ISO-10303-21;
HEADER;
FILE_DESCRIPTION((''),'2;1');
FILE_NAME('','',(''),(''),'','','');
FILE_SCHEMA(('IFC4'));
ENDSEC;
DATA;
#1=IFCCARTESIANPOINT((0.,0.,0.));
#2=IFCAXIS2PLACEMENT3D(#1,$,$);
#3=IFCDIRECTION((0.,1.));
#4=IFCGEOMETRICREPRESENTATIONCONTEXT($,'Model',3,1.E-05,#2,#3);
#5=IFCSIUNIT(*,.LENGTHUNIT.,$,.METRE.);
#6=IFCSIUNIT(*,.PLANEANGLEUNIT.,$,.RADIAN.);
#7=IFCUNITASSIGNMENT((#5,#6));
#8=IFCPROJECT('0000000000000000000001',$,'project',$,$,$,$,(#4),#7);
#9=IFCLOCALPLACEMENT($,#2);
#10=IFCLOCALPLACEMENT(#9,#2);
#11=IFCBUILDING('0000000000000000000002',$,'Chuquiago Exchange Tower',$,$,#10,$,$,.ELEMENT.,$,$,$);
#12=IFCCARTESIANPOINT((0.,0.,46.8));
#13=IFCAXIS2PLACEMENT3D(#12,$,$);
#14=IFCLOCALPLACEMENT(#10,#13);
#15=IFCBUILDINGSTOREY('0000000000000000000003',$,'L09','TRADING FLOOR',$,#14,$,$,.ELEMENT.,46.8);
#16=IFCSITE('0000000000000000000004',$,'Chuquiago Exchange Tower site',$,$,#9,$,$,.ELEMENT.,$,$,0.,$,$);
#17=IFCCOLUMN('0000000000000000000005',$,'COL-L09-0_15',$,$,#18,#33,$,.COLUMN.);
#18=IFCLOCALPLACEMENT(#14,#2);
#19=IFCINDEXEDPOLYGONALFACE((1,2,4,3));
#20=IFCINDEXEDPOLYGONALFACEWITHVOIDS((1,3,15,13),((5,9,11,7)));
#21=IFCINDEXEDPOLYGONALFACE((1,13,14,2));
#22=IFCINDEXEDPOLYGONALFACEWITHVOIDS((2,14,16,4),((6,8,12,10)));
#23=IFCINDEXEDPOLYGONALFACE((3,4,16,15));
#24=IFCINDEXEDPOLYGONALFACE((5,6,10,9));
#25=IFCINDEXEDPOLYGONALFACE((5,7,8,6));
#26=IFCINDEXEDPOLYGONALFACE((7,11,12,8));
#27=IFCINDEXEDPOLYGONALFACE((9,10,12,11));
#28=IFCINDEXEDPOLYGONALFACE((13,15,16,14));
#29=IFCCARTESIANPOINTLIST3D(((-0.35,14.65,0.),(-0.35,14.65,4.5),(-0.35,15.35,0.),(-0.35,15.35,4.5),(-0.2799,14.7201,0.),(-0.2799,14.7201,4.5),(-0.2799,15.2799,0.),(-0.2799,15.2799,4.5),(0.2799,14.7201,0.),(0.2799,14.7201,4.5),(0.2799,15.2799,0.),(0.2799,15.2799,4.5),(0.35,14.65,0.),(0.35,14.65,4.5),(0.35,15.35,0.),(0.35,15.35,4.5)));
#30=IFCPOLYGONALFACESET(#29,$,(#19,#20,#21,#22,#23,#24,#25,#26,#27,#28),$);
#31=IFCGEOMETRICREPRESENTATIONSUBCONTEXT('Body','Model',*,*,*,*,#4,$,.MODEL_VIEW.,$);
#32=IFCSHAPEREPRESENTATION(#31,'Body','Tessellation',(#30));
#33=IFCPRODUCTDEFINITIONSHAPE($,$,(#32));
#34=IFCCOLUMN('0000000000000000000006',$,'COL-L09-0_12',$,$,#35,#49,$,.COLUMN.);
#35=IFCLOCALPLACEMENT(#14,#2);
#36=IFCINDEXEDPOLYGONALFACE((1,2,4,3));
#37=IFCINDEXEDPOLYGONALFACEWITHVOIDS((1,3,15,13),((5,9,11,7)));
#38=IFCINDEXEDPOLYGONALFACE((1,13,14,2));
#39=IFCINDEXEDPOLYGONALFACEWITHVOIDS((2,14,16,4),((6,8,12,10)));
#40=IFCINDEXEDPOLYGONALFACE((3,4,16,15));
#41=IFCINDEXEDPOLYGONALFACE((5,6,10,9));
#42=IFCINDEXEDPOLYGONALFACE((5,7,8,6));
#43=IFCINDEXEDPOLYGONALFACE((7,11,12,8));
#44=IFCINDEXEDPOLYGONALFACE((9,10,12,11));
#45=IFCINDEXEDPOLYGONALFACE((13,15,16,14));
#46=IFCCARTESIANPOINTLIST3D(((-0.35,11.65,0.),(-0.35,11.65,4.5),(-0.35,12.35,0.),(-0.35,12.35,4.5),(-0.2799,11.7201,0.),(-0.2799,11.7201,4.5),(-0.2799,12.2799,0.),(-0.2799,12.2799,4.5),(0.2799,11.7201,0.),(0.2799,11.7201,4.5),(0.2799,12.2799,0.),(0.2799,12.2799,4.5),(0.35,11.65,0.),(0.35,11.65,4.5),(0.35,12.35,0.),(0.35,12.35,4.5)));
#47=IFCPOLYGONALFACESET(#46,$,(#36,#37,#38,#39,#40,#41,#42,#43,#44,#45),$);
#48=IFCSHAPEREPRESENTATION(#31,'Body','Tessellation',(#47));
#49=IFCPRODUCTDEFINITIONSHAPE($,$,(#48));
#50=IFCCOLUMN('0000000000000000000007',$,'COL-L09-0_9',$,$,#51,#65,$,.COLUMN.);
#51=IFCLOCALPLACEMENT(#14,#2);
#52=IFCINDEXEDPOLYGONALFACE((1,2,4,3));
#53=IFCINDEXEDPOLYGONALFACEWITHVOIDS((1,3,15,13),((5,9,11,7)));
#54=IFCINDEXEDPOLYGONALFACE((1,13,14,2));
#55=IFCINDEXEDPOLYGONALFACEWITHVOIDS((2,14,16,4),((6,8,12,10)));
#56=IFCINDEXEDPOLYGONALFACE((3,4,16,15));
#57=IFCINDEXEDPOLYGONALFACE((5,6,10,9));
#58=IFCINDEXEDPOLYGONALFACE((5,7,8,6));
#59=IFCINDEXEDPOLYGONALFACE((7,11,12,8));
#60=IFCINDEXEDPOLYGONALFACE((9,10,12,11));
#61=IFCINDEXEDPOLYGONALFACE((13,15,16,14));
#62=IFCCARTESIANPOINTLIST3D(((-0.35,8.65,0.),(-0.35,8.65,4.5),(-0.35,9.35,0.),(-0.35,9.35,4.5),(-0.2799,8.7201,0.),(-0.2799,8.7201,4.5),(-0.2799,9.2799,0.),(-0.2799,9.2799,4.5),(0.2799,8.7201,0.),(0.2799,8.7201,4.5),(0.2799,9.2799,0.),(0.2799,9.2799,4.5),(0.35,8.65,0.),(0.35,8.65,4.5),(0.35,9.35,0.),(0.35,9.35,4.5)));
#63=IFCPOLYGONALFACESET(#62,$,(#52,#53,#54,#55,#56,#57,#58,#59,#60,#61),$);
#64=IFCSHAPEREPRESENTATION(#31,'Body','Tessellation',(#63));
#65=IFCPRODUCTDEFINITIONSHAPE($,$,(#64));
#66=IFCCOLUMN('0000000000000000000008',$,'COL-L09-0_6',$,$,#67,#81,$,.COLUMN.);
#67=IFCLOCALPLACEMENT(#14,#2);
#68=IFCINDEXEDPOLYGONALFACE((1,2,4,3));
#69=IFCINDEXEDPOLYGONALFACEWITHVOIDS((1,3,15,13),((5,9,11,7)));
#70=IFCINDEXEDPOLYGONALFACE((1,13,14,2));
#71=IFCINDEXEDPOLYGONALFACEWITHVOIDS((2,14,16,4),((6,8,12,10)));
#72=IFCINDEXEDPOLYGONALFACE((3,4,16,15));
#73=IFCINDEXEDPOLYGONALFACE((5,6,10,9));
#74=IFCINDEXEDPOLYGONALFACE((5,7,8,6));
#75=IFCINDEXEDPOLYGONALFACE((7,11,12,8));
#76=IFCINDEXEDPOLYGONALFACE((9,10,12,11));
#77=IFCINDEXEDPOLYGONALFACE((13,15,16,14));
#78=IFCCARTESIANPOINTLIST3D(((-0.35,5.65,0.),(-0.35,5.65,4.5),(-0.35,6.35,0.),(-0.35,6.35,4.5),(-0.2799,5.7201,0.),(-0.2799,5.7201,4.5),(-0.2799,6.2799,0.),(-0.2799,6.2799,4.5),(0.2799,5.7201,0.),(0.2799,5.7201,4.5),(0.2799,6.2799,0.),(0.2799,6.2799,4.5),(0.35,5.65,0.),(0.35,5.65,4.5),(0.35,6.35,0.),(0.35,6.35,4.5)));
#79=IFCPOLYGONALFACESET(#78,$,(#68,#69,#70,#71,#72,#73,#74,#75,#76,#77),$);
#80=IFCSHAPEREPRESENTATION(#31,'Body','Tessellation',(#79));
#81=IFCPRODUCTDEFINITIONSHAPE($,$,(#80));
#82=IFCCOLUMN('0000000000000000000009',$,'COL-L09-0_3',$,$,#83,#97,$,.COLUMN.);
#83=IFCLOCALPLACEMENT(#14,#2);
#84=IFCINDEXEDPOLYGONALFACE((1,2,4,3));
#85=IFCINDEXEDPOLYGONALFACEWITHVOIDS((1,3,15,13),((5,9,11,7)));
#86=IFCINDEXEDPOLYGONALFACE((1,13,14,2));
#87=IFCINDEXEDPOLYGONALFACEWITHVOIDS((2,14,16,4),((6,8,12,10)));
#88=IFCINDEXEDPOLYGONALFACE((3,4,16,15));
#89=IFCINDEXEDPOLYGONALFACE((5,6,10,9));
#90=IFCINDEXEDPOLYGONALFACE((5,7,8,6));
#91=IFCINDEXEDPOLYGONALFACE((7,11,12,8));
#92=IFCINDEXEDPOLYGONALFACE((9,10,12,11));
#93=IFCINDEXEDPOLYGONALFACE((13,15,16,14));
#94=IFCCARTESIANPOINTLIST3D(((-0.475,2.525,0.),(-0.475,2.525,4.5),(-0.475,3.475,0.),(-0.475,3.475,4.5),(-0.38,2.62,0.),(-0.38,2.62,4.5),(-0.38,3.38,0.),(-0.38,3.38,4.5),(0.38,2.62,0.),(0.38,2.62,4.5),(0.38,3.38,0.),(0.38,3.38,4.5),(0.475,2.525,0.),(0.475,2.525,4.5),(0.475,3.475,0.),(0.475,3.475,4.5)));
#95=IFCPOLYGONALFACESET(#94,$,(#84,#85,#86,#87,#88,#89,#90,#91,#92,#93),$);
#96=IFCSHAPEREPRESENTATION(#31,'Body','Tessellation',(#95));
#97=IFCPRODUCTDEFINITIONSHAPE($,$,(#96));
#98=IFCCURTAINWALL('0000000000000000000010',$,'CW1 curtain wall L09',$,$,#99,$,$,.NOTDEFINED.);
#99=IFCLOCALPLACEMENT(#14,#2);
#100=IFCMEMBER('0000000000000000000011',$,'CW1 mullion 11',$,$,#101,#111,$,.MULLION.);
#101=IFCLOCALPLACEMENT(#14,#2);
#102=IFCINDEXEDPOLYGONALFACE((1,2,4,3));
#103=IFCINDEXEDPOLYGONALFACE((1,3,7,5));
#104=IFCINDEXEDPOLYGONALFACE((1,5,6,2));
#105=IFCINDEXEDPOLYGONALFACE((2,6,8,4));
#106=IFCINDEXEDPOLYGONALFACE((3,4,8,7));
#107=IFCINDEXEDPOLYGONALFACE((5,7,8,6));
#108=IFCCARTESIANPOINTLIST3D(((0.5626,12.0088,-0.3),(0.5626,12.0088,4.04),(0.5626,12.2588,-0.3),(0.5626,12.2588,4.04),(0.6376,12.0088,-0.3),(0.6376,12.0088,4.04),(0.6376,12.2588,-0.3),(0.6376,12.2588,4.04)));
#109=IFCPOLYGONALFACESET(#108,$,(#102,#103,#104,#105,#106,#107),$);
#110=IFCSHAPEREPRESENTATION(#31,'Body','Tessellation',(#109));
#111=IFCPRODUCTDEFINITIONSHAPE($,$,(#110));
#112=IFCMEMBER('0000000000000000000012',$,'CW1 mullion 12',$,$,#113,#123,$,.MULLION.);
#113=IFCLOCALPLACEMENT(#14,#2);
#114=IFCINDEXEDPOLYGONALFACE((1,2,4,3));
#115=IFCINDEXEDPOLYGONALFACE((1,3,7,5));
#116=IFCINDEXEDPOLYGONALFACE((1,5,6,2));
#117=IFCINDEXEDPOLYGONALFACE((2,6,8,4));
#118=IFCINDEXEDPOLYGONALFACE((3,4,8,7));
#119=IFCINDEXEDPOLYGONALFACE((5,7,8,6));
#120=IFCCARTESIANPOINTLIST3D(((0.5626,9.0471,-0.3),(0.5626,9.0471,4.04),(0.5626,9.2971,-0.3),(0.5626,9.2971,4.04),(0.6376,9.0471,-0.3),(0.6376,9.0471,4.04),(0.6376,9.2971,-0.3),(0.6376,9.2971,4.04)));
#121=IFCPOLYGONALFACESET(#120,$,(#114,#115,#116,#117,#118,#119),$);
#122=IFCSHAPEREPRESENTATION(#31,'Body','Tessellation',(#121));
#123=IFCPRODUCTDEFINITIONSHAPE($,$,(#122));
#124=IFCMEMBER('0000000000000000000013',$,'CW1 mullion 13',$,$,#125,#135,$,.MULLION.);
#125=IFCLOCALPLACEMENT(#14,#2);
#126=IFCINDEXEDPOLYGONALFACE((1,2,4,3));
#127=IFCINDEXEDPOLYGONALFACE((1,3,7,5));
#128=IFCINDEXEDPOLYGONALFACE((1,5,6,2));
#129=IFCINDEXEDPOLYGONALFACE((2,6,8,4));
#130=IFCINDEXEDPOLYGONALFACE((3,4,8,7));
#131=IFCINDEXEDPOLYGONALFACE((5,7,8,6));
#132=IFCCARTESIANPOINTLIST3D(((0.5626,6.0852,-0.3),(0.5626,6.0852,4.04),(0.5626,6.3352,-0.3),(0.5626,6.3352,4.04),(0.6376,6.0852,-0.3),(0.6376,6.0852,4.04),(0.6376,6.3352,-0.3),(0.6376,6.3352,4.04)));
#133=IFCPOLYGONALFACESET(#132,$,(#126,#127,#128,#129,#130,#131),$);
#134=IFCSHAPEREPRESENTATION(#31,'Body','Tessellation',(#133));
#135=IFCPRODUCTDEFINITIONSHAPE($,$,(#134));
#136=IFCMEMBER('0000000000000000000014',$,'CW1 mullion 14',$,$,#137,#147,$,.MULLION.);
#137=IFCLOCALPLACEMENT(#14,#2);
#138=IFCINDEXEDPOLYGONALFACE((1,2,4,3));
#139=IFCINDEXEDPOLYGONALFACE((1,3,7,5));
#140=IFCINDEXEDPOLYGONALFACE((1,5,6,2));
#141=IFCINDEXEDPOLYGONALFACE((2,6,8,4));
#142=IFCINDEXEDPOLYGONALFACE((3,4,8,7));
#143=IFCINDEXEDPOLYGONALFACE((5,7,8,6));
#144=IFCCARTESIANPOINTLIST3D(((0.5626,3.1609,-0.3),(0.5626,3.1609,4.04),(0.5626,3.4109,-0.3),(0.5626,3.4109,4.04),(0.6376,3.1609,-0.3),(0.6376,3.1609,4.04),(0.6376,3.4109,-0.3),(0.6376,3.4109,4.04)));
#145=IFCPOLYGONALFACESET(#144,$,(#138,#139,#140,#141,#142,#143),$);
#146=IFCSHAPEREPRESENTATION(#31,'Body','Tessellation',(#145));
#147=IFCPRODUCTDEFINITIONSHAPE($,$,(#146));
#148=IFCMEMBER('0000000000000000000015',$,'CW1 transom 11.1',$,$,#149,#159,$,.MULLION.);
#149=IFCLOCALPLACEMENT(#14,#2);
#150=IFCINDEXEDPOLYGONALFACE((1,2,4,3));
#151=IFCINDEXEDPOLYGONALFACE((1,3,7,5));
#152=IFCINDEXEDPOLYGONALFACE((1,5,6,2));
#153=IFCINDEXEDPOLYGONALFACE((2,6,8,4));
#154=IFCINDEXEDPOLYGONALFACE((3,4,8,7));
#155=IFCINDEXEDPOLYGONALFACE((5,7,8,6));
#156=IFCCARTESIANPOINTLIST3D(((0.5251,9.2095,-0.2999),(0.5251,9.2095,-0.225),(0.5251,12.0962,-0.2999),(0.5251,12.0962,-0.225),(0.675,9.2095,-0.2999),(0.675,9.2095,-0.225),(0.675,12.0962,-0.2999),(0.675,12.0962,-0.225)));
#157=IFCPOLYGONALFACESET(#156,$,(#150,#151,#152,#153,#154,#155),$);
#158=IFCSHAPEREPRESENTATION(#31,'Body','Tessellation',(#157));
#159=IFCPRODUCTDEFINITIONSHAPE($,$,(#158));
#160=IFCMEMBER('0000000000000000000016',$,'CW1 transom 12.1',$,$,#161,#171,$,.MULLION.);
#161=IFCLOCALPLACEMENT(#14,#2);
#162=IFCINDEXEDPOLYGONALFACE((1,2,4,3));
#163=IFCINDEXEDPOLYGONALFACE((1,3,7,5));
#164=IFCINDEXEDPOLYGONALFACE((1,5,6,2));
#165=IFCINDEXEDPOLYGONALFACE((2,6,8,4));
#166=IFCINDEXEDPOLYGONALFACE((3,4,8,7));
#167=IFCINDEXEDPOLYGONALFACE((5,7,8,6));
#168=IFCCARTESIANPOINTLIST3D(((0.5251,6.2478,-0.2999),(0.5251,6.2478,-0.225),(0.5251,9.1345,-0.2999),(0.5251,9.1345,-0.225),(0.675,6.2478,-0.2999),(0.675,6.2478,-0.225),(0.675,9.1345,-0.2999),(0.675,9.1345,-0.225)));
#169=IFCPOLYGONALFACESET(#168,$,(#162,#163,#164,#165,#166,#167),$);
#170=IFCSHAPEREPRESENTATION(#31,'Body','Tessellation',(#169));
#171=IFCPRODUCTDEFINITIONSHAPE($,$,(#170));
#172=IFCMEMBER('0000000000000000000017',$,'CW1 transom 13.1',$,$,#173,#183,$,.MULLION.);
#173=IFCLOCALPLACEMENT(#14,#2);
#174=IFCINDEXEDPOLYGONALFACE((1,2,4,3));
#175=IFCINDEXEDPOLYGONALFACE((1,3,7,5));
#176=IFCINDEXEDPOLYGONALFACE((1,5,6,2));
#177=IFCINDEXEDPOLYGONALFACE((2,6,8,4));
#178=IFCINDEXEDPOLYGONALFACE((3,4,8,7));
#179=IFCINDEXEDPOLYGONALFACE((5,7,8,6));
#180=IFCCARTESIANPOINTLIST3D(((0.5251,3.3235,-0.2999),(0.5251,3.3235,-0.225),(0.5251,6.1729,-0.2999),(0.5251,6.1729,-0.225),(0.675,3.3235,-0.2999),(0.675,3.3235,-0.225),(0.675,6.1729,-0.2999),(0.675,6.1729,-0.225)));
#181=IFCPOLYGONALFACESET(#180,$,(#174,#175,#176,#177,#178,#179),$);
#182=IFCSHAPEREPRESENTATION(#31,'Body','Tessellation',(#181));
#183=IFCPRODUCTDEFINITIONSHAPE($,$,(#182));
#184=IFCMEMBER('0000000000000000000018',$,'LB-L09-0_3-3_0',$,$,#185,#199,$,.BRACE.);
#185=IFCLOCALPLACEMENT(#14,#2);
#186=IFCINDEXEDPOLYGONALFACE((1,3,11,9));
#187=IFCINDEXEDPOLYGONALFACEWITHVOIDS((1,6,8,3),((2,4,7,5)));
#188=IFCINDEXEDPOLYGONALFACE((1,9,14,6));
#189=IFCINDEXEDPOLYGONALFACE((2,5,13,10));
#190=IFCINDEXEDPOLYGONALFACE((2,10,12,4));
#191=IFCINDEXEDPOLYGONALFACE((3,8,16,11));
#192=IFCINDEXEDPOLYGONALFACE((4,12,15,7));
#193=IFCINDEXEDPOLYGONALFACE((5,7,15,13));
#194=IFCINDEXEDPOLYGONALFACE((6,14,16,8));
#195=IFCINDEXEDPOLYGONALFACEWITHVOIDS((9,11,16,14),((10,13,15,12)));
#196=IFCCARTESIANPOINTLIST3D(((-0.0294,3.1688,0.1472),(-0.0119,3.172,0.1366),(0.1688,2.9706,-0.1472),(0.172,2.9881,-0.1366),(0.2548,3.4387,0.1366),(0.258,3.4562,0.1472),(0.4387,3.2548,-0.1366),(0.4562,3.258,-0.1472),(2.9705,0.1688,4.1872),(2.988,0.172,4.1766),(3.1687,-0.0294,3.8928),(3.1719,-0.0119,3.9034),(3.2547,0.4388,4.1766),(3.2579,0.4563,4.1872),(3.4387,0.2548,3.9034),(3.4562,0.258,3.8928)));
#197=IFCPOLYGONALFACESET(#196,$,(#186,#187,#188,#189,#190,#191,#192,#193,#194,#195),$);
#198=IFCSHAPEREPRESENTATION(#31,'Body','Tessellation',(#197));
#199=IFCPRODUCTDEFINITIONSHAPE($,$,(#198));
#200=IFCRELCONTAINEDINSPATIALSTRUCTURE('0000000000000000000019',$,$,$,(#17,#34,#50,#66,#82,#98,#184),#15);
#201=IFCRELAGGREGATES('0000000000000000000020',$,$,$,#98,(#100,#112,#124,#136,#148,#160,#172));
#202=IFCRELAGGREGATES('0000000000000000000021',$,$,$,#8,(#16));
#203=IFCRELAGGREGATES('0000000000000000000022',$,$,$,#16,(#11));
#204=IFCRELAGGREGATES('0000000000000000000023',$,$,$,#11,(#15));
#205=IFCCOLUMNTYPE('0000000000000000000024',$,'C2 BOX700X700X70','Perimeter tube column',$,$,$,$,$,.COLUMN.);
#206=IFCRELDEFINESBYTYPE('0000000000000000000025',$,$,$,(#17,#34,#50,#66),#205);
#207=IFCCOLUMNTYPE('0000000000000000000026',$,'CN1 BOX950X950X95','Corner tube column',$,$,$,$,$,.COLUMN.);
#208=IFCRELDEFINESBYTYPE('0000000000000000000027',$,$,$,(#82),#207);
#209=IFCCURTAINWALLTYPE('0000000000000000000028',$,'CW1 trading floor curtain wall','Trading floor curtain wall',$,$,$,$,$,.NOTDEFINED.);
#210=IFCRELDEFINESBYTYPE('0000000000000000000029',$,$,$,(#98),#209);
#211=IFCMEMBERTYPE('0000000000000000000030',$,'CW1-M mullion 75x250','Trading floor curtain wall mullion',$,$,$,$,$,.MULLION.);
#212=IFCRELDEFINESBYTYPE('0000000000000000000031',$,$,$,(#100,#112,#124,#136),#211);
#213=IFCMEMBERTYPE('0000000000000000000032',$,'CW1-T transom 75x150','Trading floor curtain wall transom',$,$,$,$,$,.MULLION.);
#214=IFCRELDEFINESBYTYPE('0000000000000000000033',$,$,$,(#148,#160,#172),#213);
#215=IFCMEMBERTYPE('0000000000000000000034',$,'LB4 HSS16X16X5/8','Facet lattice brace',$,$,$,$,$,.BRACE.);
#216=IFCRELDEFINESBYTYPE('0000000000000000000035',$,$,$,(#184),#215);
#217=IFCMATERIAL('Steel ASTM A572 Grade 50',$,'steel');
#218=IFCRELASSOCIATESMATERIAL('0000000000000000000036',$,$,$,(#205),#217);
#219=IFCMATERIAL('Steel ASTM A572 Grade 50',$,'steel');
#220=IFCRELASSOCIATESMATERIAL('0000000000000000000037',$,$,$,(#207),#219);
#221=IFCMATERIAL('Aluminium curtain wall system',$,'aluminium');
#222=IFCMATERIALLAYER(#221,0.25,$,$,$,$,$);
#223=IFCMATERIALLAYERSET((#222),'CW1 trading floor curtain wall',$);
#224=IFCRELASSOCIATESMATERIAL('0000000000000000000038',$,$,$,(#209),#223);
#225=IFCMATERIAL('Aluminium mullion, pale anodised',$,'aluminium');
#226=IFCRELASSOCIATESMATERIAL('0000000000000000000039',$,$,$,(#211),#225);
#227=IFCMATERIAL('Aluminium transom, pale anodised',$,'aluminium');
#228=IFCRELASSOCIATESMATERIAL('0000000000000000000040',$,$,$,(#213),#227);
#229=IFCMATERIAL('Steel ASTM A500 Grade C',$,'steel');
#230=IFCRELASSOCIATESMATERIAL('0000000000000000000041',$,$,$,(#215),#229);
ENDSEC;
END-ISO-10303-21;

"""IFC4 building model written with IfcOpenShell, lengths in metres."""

from ifc_helpers import new_model, si_unit, direction, frame, origin, origin_2d, place, context, subcontext, project, spatial, rectangle, hollow_rectangle, extrude, material, layer, layer_set, material_profile, profile_set, type_object, element, aggregate, save


model = new_model("IFC4")

# Units and contexts
model_context = context("Model", 3, precision=1e-05, world=origin(), true_north=direction((0.0, 1.0)))
body_context = subcontext(model_context, "Body", "Model", "MODEL_VIEW")
ifc_project = project(units=[si_unit("LENGTHUNIT", "METRE"), si_unit("PLANEANGLEUNIT", "RADIAN")], contexts=[model_context])

# Site, building, storey
site_placement = place(None, origin())
site = spatial("IfcSite", under=ifc_project, at=site_placement, Name="Chuquiago Exchange Tower site", CompositionType="ELEMENT", RefElevation=0.0)
building_placement = place(site_placement, origin())
building = spatial("IfcBuilding", under=site, at=building_placement, Name="Chuquiago Exchange Tower", CompositionType="ELEMENT")
storey_placement = place(building_placement, frame((0.0, 0.0, 46.8)))
storey = spatial("IfcBuildingStorey", under=building, at=storey_placement, Name="L09", Description="TRADING FLOOR", CompositionType="ELEMENT", Elevation=46.8)

# Columns
ifc_material_1 = material(Name="Steel ASTM A572 Grade 50", Category="steel")
ifc_material_profile_1 = material_profile(ifc_material_1, hollow_rectangle(XDim=0.7, YDim=0.7, WallThickness=0.0701, at=origin_2d()), Name="BOX700X700X70")
ifc_profile_set_1 = profile_set([ifc_material_profile_1], Name="Steel ASTM A572 Grade 50")
column_type_1 = type_object("IfcColumnType", Name="C2 BOX700X700X70", Description="Perimeter tube column", PredefinedType="COLUMN", material=ifc_profile_set_1)
for number, where, z_axis, x_axis, name in (
    (1, (0.0, 15.0, 0.0), (0.0, 0.0, 1.0), (-1.0, 0.0, 0.0), "COL-L09-0_15"),
    (2, (0.0, 12.0, 0.0), (0.0, 0.0, 1.0), (-1.0, 0.0, 0.0), "COL-L09-0_12"),
    (3, (0.0, 9.0, 0.0), (0.0, 0.0, 1.0), (-1.0, 0.0, 0.0), "COL-L09-0_9"),
    (4, (0.0, 6.0, 0.0), (0.0, 0.0, 1.0), (-1.0, 0.0, 0.0), "COL-L09-0_6"),
):
    element("IfcColumn", number, at=place(storey_placement, frame(where, z_axis=z_axis, x_axis=x_axis)), inside=storey, type_object=column_type_1, Name=name, PredefinedType="COLUMN", context=body_context, shape_type="SweptSolid", body=[
        extrude(hollow_rectangle(XDim=0.7, YDim=0.7, WallThickness=0.0701, at=origin_2d()), origin(), (0.0, 0.0, 1.0), 4.5),
    ])
ifc_material_2 = material(Name="Steel ASTM A572 Grade 50", Category="steel")
ifc_material_profile_2 = material_profile(ifc_material_2, hollow_rectangle(XDim=0.95, YDim=0.95, WallThickness=0.095, at=origin_2d()), Name="BOX950X950X95")
ifc_profile_set_2 = profile_set([ifc_material_profile_2], Name="Steel ASTM A572 Grade 50")
column_type_2 = type_object("IfcColumnType", Name="CN1 BOX950X950X95", Description="Corner tube column", PredefinedType="COLUMN", material=ifc_profile_set_2)
column_placement = place(storey_placement, frame((0.0, 3.0, 0.0), z_axis=(0.0, 0.0, 1.0), x_axis=(-1.0, 0.0, 0.0)))
element("IfcColumn", 5, at=column_placement, inside=storey, type_object=column_type_2, Name="COL-L09-0_3", PredefinedType="COLUMN", context=body_context, shape_type="SweptSolid", body=[
    extrude(hollow_rectangle(XDim=0.95, YDim=0.95, WallThickness=0.095, at=origin_2d()), origin(), (0.0, 0.0, 1.0), 4.5),
])

# Curtain wall, members
ifc_material_3 = material(Name="Aluminium curtain wall system", Category="aluminium")
ifc_layer_1 = layer(ifc_material_3, 0.25)
ifc_layer_set_1 = layer_set([ifc_layer_1], Name="CW1 trading floor curtain wall")
curtain_wall_type = type_object("IfcCurtainWallType", Name="CW1 trading floor curtain wall", Description="Trading floor curtain wall", PredefinedType="NOTDEFINED", material=ifc_layer_set_1)
curtain_wall_placement = place(storey_placement, origin())
curtain_wall = element("IfcCurtainWall", 6, at=curtain_wall_placement, inside=storey, type_object=curtain_wall_type, Name="CW1 curtain wall L09", PredefinedType="NOTDEFINED")
ifc_material_4 = material(Name="Aluminium mullion, pale anodised", Category="aluminium")
ifc_material_profile_3 = material_profile(ifc_material_4, rectangle(XDim=0.075, YDim=0.25, at=origin_2d()), Name="AL 75x250")
ifc_profile_set_3 = profile_set([ifc_material_profile_3], Name="Aluminium mullion, pale anodised")
member_type_1 = type_object("IfcMemberType", Name="CW1-M mullion 75x250", Description="Trading floor curtain wall mullion", PredefinedType="MULLION", material=ifc_profile_set_3)
member_1_placement = place(storey_placement, frame((0.6001, 12.1338, -0.3), z_axis=(0.0, 0.0, 1.0), x_axis=(1.0, 0.0, 0.0)))
member_1 = element("IfcMember", 7, at=member_1_placement, type_object=member_type_1, Name="CW1 mullion 11", PredefinedType="MULLION", context=body_context, shape_type="SweptSolid", body=[
    extrude(rectangle(XDim=0.075, YDim=0.25, at=origin_2d()), origin(), (0.0, 0.0, 1.0), 4.3401),
])
member_2_placement = place(storey_placement, frame((0.6001, 9.1721, -0.3), z_axis=(0.0, 0.0, 1.0), x_axis=(1.0, 0.0, 0.0)))
member_2 = element("IfcMember", 8, at=member_2_placement, type_object=member_type_1, Name="CW1 mullion 12", PredefinedType="MULLION", context=body_context, shape_type="SweptSolid", body=[
    extrude(rectangle(XDim=0.075, YDim=0.25, at=origin_2d()), origin(), (0.0, 0.0, 1.0), 4.3401),
])
member_3_placement = place(storey_placement, frame((0.6001, 6.2102, -0.3), z_axis=(0.0, 0.0, 1.0), x_axis=(1.0, 0.0, 0.0)))
member_3 = element("IfcMember", 9, at=member_3_placement, type_object=member_type_1, Name="CW1 mullion 13", PredefinedType="MULLION", context=body_context, shape_type="SweptSolid", body=[
    extrude(rectangle(XDim=0.075, YDim=0.25, at=origin_2d()), origin(), (0.0, 0.0, 1.0), 4.3401),
])
member_4_placement = place(storey_placement, frame((0.6001, 3.2859, -0.3), z_axis=(0.0, 0.0, 1.0), x_axis=(1.0, 0.0, 0.0)))
member_4 = element("IfcMember", 10, at=member_4_placement, type_object=member_type_1, Name="CW1 mullion 14", PredefinedType="MULLION", context=body_context, shape_type="SweptSolid", body=[
    extrude(rectangle(XDim=0.075, YDim=0.25, at=origin_2d()), origin(), (0.0, 0.0, 1.0), 4.3401),
])
ifc_material_5 = material(Name="Aluminium transom, pale anodised", Category="aluminium")
ifc_material_profile_4 = material_profile(ifc_material_5, rectangle(XDim=0.1499, YDim=0.075, at=origin_2d()), Name="AL 150x75")
ifc_profile_set_4 = profile_set([ifc_material_profile_4], Name="Aluminium transom, pale anodised")
member_type_2 = type_object("IfcMemberType", Name="CW1-T transom 75x150", Description="Trading floor curtain wall transom", PredefinedType="MULLION", material=ifc_profile_set_4)
member_5_placement = place(storey_placement, frame((0.6001, 12.0962, -0.2625), z_axis=(0.0, -1.0, 0.0), x_axis=(1.0, 0.0, 0.0)))
member_5 = element("IfcMember", 11, at=member_5_placement, type_object=member_type_2, Name="CW1 transom 11.1", PredefinedType="MULLION", context=body_context, shape_type="SweptSolid", body=[
    extrude(rectangle(XDim=0.1499, YDim=0.075, at=origin_2d()), origin(), (0.0, 0.0, 1.0), 2.8867),
])
member_6_placement = place(storey_placement, frame((0.6001, 9.1345, -0.2625), z_axis=(0.0, -1.0, 0.0), x_axis=(1.0, 0.0, 0.0)))
member_6 = element("IfcMember", 12, at=member_6_placement, type_object=member_type_2, Name="CW1 transom 12.1", PredefinedType="MULLION", context=body_context, shape_type="SweptSolid", body=[
    extrude(rectangle(XDim=0.1499, YDim=0.075, at=origin_2d()), origin(), (0.0, 0.0, 1.0), 2.8867),
])
member_7_placement = place(storey_placement, frame((0.6001, 6.1729, -0.2625), z_axis=(0.0, -1.0, 0.0), x_axis=(1.0, 0.0, 0.0)))
member_7 = element("IfcMember", 13, at=member_7_placement, type_object=member_type_2, Name="CW1 transom 13.1", PredefinedType="MULLION", context=body_context, shape_type="SweptSolid", body=[
    extrude(rectangle(XDim=0.1499, YDim=0.075, at=origin_2d()), origin(), (0.0, 0.0, 1.0), 2.8494),
])

# Member
ifc_material_6 = material(Name="Steel ASTM A500 Grade C", Category="steel")
ifc_material_profile_5 = material_profile(ifc_material_6, hollow_rectangle(XDim=0.4065, YDim=0.4065, WallThickness=0.0146, at=origin_2d()), Name="HSS16X16X5/8")
ifc_profile_set_5 = profile_set([ifc_material_profile_5], Name="Steel ASTM A500 Grade C")
member_type_3 = type_object("IfcMemberType", Name="LB4 HSS16X16X5/8", Description="Facet lattice brace", PredefinedType="BRACE", material=ifc_profile_set_5)
member_8_placement = place(storey_placement, frame((0.2134, 3.2134, 0.0), z_axis=(0.512077, -0.512077, 0.689604), x_axis=(0.707107, 0.707107, 0.0)))
element("IfcMember", 14, at=member_8_placement, inside=storey, type_object=member_type_3, Name="LB-L09-0_3-3_0", PredefinedType="BRACE", context=body_context, shape_type="SweptSolid", body=[
    extrude(hollow_rectangle(XDim=0.4065, YDim=0.4065, WallThickness=0.0146, at=origin_2d()), origin(), (0.0, 0.0, 1.0), 5.8584),
])

aggregate(curtain_wall, [member_1, member_2, member_3, member_4, member_5, member_6, member_7])

save(model, "model.ifc")
